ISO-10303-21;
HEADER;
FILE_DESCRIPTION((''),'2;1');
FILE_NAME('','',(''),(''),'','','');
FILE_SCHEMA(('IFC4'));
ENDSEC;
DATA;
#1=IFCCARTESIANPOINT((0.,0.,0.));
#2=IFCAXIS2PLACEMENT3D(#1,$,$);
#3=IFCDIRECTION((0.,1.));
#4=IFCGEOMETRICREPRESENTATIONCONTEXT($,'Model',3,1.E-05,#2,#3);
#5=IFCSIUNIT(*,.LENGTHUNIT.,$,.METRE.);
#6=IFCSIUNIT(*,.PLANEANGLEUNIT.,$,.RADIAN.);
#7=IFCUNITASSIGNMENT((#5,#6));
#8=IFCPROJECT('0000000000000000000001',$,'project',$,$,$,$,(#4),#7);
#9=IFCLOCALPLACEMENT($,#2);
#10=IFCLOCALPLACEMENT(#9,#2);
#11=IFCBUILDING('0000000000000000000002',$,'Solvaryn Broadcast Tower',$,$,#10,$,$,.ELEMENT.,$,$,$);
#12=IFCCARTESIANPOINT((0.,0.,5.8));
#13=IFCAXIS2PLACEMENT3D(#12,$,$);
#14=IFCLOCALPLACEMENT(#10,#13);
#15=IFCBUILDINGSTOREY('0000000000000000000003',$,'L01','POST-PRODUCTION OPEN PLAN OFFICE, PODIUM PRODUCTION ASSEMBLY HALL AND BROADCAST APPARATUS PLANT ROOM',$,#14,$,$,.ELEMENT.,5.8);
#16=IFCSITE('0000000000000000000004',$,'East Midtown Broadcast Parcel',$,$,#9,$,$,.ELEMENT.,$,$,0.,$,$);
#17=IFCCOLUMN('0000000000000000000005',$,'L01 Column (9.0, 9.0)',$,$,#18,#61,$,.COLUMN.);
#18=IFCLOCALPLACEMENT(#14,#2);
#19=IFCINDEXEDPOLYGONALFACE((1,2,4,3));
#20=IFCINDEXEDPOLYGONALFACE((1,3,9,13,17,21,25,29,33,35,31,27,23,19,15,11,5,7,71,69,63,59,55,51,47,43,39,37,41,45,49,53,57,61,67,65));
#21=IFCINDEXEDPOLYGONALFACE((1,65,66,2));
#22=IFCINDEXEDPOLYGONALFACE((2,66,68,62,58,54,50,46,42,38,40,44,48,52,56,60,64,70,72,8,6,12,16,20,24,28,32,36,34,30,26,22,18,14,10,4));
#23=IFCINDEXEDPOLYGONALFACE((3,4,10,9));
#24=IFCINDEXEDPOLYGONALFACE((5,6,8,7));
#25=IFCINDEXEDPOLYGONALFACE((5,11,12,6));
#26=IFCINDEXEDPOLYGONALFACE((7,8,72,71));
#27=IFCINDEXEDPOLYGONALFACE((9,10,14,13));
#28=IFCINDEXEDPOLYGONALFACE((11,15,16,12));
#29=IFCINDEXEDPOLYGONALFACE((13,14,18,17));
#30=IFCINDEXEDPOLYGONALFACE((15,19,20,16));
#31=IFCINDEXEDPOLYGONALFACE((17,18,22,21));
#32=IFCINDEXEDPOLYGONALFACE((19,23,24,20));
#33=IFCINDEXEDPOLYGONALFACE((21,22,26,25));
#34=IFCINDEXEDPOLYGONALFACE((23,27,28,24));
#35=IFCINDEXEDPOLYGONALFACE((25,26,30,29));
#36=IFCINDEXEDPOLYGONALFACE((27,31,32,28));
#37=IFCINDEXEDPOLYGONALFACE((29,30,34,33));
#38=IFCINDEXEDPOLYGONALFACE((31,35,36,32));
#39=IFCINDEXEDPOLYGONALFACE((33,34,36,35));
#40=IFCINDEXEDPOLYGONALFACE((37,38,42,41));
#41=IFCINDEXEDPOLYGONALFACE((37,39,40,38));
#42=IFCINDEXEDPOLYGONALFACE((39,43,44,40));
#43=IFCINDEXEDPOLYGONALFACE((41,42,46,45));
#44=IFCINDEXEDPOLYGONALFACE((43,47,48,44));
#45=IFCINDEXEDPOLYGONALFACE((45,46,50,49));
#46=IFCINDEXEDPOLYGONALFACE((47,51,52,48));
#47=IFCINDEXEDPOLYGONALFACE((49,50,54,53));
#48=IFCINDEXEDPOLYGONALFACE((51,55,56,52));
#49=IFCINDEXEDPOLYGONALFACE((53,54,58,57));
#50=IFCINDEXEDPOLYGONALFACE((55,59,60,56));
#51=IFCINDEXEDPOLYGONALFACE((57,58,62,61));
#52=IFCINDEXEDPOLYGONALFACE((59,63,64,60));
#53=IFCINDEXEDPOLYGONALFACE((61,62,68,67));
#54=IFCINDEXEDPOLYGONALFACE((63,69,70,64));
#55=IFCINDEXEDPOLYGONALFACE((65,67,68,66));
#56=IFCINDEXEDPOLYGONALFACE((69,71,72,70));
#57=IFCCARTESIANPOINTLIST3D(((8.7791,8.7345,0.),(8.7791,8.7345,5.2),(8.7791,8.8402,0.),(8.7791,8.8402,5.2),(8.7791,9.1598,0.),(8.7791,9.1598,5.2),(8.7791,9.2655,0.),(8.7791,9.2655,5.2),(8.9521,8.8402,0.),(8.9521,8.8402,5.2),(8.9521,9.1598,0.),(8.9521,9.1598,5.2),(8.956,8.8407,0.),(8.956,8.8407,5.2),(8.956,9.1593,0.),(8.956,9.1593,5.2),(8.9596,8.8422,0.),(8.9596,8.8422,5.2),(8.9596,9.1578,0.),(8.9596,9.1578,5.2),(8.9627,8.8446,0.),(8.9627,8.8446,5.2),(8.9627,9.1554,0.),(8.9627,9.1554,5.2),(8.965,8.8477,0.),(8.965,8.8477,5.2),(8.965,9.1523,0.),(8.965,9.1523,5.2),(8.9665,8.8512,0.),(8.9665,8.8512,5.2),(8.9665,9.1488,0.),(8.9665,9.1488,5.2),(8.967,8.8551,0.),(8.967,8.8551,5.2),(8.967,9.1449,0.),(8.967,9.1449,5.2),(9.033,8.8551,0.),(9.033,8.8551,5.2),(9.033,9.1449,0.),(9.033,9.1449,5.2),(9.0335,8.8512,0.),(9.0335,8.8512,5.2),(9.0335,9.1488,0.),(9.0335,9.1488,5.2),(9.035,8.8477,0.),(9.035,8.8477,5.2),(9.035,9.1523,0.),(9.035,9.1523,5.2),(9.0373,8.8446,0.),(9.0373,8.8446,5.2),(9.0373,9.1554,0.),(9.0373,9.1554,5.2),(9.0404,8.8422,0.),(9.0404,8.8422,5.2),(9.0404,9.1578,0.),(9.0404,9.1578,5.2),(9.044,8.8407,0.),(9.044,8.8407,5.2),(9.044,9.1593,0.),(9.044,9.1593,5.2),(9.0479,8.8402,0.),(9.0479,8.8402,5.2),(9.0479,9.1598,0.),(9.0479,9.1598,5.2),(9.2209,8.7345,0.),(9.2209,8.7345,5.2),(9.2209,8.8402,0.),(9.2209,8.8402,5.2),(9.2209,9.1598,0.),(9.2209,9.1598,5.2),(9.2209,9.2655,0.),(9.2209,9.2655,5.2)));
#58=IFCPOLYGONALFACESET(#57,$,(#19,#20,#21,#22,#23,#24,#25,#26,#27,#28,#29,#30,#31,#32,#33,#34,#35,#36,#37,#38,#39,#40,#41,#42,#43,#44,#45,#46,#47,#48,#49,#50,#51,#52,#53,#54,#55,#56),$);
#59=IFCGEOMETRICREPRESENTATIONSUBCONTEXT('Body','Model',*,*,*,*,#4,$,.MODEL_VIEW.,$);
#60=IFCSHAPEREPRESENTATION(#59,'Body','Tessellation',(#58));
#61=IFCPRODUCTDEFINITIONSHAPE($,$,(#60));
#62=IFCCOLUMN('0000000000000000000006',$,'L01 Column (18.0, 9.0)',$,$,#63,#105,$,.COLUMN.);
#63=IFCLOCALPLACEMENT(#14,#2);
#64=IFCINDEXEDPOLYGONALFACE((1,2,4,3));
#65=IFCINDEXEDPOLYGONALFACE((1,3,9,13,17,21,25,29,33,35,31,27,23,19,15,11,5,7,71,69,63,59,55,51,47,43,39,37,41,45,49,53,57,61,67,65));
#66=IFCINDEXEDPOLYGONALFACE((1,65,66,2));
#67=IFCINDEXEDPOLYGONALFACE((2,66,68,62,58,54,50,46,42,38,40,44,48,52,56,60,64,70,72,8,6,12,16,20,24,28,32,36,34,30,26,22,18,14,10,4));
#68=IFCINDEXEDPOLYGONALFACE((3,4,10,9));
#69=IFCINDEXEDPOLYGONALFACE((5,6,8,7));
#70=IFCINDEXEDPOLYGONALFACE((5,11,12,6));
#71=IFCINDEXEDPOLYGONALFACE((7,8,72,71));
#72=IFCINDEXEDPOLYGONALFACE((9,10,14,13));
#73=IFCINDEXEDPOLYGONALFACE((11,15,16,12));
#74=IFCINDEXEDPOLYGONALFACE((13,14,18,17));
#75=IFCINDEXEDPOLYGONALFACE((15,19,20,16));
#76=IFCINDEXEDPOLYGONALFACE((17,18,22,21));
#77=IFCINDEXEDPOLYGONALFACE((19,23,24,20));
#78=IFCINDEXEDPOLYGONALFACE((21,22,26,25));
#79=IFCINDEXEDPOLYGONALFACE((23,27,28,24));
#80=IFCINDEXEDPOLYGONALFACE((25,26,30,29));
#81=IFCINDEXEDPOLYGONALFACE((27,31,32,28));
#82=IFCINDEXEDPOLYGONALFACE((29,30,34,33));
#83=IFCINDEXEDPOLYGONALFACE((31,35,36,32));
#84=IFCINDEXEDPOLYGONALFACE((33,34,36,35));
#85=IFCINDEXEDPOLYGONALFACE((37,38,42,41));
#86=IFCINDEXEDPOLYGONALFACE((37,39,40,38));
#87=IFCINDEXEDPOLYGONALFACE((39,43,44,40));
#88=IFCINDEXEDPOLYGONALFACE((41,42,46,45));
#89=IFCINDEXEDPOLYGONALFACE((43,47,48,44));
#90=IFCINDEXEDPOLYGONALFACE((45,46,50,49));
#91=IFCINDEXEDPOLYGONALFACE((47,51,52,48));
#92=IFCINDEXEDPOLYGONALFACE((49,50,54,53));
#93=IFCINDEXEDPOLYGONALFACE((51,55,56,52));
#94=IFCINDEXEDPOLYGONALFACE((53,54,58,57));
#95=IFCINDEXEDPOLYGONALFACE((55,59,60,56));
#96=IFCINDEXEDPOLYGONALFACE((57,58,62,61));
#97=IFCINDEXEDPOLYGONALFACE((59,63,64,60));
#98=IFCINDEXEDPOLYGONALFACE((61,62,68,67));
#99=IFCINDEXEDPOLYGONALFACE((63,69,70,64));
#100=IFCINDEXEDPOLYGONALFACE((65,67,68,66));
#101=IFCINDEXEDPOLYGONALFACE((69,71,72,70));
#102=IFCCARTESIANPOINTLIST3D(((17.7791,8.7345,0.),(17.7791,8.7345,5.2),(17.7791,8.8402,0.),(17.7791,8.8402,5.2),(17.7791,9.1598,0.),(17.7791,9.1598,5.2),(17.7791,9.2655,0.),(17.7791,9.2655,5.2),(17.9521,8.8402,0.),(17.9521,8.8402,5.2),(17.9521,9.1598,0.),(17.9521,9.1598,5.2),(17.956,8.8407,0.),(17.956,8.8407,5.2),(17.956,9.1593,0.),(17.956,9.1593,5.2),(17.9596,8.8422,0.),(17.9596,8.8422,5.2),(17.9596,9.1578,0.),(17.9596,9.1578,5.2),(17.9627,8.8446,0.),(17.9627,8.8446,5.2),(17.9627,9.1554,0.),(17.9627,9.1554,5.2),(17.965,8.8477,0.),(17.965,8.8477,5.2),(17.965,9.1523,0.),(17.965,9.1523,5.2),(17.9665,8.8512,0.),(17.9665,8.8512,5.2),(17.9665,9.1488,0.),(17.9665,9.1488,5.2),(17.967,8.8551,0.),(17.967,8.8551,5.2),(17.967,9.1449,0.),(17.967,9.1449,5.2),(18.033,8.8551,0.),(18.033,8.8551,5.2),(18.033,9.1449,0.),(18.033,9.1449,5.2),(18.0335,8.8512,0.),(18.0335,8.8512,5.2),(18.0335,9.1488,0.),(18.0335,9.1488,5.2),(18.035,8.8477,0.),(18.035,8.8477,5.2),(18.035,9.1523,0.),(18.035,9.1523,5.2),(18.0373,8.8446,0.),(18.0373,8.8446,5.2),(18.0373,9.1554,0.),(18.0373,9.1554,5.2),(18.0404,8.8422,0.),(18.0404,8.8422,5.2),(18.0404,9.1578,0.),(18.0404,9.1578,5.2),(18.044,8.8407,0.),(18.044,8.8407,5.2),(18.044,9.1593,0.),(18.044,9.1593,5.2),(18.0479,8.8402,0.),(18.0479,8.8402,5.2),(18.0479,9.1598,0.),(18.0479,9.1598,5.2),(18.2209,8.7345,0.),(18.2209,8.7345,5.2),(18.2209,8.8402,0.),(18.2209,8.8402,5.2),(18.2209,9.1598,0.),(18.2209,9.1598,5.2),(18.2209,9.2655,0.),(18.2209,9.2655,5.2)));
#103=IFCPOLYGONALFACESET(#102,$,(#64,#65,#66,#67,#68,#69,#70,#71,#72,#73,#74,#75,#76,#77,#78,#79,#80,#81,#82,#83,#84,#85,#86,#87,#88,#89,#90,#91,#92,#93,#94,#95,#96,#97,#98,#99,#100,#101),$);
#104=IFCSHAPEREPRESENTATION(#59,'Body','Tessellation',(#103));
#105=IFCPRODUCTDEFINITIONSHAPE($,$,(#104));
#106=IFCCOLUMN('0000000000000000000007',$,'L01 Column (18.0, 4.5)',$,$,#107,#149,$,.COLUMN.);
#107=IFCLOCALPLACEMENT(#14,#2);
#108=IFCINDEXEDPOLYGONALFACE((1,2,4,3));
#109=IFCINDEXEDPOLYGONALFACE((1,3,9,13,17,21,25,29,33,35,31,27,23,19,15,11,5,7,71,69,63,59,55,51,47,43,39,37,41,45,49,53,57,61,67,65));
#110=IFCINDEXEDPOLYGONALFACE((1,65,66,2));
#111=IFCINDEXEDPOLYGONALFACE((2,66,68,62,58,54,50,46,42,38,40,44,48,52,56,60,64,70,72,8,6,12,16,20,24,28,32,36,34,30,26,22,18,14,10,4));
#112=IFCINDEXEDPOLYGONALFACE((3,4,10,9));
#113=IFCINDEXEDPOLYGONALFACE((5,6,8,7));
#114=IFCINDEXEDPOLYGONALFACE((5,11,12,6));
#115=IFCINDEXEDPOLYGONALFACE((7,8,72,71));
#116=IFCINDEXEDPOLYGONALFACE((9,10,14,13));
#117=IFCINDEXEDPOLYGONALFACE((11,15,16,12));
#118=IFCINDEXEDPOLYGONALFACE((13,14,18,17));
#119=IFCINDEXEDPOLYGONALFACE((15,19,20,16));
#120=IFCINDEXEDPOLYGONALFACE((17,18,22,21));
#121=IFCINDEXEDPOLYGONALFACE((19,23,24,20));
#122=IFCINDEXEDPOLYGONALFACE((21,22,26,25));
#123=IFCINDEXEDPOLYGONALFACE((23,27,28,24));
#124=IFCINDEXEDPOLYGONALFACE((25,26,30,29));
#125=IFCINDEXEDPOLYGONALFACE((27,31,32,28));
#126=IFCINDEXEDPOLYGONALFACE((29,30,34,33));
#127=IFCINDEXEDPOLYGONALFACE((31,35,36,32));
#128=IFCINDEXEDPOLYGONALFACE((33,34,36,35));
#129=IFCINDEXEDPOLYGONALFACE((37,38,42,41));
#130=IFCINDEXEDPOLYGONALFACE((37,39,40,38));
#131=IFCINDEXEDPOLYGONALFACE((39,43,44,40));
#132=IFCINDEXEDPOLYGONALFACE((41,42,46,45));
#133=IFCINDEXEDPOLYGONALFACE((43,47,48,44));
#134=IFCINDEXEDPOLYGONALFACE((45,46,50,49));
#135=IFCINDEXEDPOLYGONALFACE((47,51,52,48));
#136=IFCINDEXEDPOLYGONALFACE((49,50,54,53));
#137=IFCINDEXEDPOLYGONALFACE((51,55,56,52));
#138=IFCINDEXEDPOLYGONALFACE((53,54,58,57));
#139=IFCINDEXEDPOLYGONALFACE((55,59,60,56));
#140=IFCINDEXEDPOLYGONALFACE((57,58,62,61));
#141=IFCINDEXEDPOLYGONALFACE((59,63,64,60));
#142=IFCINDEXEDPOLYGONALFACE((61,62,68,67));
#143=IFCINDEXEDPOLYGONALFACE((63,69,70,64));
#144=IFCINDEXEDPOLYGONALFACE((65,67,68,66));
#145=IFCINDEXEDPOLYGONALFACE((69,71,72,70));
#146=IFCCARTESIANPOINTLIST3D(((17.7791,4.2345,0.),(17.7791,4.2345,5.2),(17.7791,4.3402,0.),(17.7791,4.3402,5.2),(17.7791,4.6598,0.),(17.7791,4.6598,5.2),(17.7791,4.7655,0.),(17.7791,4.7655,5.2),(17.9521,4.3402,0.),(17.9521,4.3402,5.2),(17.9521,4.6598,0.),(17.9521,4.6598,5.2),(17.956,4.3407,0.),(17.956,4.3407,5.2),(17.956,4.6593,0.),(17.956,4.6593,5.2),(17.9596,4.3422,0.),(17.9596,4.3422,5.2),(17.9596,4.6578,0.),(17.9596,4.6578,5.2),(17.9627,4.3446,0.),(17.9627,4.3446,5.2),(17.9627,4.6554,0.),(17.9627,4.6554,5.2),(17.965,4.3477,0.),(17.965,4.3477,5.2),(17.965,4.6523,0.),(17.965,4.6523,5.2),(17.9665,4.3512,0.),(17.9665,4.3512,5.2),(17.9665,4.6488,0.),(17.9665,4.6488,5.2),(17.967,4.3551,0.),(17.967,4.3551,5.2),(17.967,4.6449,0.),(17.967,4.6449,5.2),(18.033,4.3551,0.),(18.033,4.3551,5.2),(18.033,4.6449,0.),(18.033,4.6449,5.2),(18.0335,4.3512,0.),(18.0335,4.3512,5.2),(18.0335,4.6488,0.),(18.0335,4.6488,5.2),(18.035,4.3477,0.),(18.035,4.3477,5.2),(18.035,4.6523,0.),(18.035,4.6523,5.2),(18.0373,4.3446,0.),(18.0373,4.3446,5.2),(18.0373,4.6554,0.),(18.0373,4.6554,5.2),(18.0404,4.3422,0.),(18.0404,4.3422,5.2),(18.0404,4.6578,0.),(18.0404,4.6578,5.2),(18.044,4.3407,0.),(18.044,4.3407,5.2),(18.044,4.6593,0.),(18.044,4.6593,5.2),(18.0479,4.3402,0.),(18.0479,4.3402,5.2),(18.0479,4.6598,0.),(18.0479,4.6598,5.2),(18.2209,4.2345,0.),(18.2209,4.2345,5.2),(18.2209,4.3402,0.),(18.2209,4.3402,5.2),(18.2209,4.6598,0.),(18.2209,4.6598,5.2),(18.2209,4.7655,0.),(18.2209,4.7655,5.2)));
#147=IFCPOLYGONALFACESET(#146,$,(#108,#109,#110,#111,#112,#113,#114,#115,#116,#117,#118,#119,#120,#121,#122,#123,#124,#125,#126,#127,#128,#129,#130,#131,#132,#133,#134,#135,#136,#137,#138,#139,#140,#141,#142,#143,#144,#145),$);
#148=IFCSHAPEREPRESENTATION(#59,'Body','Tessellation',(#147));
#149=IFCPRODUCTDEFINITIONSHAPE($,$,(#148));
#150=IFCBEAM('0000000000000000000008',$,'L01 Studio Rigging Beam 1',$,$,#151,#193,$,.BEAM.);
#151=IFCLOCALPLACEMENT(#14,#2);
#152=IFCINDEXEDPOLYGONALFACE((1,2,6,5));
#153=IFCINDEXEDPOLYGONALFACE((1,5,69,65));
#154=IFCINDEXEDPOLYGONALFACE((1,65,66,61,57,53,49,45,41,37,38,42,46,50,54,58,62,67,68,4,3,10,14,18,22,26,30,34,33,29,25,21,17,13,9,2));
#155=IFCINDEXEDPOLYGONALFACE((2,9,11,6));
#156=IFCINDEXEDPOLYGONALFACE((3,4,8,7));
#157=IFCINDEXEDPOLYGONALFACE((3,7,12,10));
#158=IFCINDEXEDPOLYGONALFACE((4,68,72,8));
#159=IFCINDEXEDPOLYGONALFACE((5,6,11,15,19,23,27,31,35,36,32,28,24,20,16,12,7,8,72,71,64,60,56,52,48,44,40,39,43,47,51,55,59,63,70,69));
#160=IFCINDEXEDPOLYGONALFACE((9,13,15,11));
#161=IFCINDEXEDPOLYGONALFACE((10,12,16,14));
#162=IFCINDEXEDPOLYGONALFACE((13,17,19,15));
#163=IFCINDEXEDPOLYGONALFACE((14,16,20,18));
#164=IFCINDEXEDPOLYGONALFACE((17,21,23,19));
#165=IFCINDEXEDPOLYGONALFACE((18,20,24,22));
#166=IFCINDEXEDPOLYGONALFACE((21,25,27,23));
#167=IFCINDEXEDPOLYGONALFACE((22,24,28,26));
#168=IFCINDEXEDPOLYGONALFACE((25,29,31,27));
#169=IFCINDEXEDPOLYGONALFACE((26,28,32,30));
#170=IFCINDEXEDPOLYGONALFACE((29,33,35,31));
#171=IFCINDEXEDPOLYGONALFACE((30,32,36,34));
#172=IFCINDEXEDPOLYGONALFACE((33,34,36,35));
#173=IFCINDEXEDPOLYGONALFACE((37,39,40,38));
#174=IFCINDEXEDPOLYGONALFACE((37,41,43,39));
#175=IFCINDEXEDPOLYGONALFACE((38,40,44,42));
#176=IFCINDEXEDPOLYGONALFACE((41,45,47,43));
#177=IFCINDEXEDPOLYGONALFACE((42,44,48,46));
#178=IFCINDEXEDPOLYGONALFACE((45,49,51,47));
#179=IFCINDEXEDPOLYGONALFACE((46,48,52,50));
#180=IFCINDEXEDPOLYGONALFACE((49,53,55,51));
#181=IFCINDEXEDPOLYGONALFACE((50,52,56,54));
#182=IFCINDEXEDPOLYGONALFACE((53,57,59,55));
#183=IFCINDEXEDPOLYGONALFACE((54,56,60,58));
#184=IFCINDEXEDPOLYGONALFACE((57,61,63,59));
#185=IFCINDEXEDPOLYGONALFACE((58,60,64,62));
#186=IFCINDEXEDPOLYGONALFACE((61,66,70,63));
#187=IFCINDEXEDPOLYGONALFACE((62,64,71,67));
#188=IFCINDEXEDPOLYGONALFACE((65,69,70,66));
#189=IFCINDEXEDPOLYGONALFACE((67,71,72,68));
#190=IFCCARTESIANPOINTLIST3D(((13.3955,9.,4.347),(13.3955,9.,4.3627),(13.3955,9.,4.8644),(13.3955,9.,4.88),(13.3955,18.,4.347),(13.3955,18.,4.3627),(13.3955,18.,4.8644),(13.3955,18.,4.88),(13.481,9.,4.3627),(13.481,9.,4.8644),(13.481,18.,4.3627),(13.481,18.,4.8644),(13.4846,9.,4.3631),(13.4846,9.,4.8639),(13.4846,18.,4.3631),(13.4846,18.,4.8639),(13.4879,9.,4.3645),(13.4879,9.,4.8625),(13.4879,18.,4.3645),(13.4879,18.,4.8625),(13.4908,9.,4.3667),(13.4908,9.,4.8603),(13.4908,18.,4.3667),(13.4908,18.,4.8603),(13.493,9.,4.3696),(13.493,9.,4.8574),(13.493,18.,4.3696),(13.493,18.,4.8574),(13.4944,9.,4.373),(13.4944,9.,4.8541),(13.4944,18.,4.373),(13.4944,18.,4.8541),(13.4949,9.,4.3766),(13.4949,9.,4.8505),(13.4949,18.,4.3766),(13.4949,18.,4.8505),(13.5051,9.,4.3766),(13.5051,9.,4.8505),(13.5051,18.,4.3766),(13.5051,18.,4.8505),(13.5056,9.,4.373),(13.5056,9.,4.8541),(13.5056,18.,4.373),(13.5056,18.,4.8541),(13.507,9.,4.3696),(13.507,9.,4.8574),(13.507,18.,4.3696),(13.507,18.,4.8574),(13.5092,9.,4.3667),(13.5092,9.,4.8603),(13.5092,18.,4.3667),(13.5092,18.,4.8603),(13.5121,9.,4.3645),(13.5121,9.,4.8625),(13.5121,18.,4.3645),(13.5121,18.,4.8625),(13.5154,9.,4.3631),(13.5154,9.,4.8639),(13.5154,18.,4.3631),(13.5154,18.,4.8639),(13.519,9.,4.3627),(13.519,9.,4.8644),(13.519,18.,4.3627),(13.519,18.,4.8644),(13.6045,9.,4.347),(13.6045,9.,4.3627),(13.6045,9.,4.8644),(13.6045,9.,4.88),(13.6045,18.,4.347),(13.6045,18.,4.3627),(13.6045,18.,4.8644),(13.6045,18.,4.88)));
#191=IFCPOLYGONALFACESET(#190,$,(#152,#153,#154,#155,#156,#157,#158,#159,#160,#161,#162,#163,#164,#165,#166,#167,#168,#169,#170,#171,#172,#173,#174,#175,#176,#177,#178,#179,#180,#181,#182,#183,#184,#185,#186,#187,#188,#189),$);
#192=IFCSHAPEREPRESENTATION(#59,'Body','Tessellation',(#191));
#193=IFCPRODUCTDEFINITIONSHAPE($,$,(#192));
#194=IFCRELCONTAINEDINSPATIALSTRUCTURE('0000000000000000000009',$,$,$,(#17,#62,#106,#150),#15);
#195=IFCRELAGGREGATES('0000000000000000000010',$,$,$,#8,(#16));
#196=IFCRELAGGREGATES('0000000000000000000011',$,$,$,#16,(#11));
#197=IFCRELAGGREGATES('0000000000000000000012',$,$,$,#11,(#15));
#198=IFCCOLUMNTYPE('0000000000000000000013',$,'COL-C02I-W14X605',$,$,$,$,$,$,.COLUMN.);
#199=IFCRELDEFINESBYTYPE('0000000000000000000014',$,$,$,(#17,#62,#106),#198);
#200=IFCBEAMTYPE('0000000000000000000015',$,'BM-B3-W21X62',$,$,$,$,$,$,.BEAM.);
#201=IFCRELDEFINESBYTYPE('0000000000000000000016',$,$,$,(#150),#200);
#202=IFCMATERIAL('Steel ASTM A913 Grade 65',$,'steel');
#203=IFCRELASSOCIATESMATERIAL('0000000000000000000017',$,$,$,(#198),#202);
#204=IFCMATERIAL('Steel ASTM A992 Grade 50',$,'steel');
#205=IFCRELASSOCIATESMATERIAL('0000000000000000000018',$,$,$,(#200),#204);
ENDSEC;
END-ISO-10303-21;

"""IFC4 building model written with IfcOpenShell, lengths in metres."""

from ifc_helpers import new_model, si_unit, direction, frame, origin, origin_2d, place, context, subcontext, project, spatial, i_section, extrude, material, material_profile, profile_set, type_object, element, save


model = new_model("IFC4")

# Units and contexts
model_context = context("Model", 3, precision=1e-05, world=origin(), true_north=direction((0.0, 1.0)))
body_context = subcontext(model_context, "Body", "Model", "MODEL_VIEW")
ifc_project = project(units=[si_unit("LENGTHUNIT", "METRE"), si_unit("PLANEANGLEUNIT", "RADIAN")], contexts=[model_context])

# Site, building, storey
site_placement = place(None, origin())
site = spatial("IfcSite", under=ifc_project, at=site_placement, Name="East Midtown Broadcast Parcel", CompositionType="ELEMENT", RefElevation=0.0)
building_placement = place(site_placement, origin())
building = spatial("IfcBuilding", under=site, at=building_placement, Name="Solvaryn Broadcast Tower", CompositionType="ELEMENT")
storey_placement = place(building_placement, frame((0.0, 0.0, 5.8)))
storey = spatial("IfcBuildingStorey", under=building, at=storey_placement, Name="L01", Description="POST-PRODUCTION OPEN PLAN OFFICE, PODIUM PRODUCTION ASSEMBLY HALL AND BROADCAST APPARATUS PLANT ROOM", CompositionType="ELEMENT", Elevation=5.8)

# Columns
ifc_material_1 = material(Name="Steel ASTM A913 Grade 65", Category="steel")
ifc_material_profile_1 = material_profile(ifc_material_1, i_section(OverallWidth=0.4419, OverallDepth=0.531, WebThickness=0.0659, FlangeThickness=0.1057, FilletRadius=0.0149, at=origin_2d()))
ifc_profile_set_1 = profile_set([ifc_material_profile_1], Name="Steel ASTM A913 Grade 65")
column_type = type_object("IfcColumnType", Name="COL-C02I-W14X605", PredefinedType="COLUMN", material=ifc_profile_set_1)
for number, where, z_axis, x_axis, name in (
    (1, (9.0, 9.0, 0.0), (0.0, 0.0, 1.0), (1.0, 0.0, 0.0), "L01 Column (9.0, 9.0)"),
    (2, (18.0, 9.0, 0.0), (0.0, 0.0, 1.0), (1.0, 0.0, 0.0), "L01 Column (18.0, 9.0)"),
    (3, (18.0, 4.5, 0.0), (0.0, 0.0, 1.0), (1.0, 0.0, 0.0), "L01 Column (18.0, 4.5)"),
):
    element("IfcColumn", number, at=place(storey_placement, frame(where, z_axis=z_axis, x_axis=x_axis)), inside=storey, type_object=column_type, Name=name, PredefinedType="COLUMN", context=body_context, shape_type="SweptSolid", body=[
        extrude(i_section(OverallWidth=0.4419, OverallDepth=0.531, WebThickness=0.0659, FlangeThickness=0.1057, FilletRadius=0.0149, at=origin_2d()), origin(), (0.0, 0.0, 1.0), 5.2),
    ])

# Beam
ifc_material_2 = material(Name="Steel ASTM A992 Grade 50", Category="steel")
ifc_material_profile_2 = material_profile(ifc_material_2, i_section(OverallWidth=0.209, OverallDepth=0.533, WebThickness=0.0103, FlangeThickness=0.0156, FilletRadius=0.0139, at=origin_2d()))
ifc_profile_set_2 = profile_set([ifc_material_profile_2], Name="Steel ASTM A992 Grade 50")
beam_type_1 = type_object("IfcBeamType", Name="BM-B3-W21X62", PredefinedType="BEAM", material=ifc_profile_set_2)
for number, where, z_axis, x_axis, name in (
    (4, (13.5, 9.0, 4.6135), (0.0, 1.0, 0.0), (-1.0, 0.0, 0.0), "L01 Studio Rigging Beam 1"),
):
    element("IfcBeam", number, at=place(storey_placement, frame(where, z_axis=z_axis, x_axis=x_axis)), inside=storey, type_object=beam_type_1, Name=name, PredefinedType="BEAM", context=body_context, shape_type="SweptSolid", body=[
        extrude(i_section(OverallWidth=0.209, OverallDepth=0.533, WebThickness=0.0103, FlangeThickness=0.0156, FilletRadius=0.0139, at=origin_2d()), origin(), (0.0, 0.0, 1.0), 9.0),
    ])

save(model, "model.ifc")
